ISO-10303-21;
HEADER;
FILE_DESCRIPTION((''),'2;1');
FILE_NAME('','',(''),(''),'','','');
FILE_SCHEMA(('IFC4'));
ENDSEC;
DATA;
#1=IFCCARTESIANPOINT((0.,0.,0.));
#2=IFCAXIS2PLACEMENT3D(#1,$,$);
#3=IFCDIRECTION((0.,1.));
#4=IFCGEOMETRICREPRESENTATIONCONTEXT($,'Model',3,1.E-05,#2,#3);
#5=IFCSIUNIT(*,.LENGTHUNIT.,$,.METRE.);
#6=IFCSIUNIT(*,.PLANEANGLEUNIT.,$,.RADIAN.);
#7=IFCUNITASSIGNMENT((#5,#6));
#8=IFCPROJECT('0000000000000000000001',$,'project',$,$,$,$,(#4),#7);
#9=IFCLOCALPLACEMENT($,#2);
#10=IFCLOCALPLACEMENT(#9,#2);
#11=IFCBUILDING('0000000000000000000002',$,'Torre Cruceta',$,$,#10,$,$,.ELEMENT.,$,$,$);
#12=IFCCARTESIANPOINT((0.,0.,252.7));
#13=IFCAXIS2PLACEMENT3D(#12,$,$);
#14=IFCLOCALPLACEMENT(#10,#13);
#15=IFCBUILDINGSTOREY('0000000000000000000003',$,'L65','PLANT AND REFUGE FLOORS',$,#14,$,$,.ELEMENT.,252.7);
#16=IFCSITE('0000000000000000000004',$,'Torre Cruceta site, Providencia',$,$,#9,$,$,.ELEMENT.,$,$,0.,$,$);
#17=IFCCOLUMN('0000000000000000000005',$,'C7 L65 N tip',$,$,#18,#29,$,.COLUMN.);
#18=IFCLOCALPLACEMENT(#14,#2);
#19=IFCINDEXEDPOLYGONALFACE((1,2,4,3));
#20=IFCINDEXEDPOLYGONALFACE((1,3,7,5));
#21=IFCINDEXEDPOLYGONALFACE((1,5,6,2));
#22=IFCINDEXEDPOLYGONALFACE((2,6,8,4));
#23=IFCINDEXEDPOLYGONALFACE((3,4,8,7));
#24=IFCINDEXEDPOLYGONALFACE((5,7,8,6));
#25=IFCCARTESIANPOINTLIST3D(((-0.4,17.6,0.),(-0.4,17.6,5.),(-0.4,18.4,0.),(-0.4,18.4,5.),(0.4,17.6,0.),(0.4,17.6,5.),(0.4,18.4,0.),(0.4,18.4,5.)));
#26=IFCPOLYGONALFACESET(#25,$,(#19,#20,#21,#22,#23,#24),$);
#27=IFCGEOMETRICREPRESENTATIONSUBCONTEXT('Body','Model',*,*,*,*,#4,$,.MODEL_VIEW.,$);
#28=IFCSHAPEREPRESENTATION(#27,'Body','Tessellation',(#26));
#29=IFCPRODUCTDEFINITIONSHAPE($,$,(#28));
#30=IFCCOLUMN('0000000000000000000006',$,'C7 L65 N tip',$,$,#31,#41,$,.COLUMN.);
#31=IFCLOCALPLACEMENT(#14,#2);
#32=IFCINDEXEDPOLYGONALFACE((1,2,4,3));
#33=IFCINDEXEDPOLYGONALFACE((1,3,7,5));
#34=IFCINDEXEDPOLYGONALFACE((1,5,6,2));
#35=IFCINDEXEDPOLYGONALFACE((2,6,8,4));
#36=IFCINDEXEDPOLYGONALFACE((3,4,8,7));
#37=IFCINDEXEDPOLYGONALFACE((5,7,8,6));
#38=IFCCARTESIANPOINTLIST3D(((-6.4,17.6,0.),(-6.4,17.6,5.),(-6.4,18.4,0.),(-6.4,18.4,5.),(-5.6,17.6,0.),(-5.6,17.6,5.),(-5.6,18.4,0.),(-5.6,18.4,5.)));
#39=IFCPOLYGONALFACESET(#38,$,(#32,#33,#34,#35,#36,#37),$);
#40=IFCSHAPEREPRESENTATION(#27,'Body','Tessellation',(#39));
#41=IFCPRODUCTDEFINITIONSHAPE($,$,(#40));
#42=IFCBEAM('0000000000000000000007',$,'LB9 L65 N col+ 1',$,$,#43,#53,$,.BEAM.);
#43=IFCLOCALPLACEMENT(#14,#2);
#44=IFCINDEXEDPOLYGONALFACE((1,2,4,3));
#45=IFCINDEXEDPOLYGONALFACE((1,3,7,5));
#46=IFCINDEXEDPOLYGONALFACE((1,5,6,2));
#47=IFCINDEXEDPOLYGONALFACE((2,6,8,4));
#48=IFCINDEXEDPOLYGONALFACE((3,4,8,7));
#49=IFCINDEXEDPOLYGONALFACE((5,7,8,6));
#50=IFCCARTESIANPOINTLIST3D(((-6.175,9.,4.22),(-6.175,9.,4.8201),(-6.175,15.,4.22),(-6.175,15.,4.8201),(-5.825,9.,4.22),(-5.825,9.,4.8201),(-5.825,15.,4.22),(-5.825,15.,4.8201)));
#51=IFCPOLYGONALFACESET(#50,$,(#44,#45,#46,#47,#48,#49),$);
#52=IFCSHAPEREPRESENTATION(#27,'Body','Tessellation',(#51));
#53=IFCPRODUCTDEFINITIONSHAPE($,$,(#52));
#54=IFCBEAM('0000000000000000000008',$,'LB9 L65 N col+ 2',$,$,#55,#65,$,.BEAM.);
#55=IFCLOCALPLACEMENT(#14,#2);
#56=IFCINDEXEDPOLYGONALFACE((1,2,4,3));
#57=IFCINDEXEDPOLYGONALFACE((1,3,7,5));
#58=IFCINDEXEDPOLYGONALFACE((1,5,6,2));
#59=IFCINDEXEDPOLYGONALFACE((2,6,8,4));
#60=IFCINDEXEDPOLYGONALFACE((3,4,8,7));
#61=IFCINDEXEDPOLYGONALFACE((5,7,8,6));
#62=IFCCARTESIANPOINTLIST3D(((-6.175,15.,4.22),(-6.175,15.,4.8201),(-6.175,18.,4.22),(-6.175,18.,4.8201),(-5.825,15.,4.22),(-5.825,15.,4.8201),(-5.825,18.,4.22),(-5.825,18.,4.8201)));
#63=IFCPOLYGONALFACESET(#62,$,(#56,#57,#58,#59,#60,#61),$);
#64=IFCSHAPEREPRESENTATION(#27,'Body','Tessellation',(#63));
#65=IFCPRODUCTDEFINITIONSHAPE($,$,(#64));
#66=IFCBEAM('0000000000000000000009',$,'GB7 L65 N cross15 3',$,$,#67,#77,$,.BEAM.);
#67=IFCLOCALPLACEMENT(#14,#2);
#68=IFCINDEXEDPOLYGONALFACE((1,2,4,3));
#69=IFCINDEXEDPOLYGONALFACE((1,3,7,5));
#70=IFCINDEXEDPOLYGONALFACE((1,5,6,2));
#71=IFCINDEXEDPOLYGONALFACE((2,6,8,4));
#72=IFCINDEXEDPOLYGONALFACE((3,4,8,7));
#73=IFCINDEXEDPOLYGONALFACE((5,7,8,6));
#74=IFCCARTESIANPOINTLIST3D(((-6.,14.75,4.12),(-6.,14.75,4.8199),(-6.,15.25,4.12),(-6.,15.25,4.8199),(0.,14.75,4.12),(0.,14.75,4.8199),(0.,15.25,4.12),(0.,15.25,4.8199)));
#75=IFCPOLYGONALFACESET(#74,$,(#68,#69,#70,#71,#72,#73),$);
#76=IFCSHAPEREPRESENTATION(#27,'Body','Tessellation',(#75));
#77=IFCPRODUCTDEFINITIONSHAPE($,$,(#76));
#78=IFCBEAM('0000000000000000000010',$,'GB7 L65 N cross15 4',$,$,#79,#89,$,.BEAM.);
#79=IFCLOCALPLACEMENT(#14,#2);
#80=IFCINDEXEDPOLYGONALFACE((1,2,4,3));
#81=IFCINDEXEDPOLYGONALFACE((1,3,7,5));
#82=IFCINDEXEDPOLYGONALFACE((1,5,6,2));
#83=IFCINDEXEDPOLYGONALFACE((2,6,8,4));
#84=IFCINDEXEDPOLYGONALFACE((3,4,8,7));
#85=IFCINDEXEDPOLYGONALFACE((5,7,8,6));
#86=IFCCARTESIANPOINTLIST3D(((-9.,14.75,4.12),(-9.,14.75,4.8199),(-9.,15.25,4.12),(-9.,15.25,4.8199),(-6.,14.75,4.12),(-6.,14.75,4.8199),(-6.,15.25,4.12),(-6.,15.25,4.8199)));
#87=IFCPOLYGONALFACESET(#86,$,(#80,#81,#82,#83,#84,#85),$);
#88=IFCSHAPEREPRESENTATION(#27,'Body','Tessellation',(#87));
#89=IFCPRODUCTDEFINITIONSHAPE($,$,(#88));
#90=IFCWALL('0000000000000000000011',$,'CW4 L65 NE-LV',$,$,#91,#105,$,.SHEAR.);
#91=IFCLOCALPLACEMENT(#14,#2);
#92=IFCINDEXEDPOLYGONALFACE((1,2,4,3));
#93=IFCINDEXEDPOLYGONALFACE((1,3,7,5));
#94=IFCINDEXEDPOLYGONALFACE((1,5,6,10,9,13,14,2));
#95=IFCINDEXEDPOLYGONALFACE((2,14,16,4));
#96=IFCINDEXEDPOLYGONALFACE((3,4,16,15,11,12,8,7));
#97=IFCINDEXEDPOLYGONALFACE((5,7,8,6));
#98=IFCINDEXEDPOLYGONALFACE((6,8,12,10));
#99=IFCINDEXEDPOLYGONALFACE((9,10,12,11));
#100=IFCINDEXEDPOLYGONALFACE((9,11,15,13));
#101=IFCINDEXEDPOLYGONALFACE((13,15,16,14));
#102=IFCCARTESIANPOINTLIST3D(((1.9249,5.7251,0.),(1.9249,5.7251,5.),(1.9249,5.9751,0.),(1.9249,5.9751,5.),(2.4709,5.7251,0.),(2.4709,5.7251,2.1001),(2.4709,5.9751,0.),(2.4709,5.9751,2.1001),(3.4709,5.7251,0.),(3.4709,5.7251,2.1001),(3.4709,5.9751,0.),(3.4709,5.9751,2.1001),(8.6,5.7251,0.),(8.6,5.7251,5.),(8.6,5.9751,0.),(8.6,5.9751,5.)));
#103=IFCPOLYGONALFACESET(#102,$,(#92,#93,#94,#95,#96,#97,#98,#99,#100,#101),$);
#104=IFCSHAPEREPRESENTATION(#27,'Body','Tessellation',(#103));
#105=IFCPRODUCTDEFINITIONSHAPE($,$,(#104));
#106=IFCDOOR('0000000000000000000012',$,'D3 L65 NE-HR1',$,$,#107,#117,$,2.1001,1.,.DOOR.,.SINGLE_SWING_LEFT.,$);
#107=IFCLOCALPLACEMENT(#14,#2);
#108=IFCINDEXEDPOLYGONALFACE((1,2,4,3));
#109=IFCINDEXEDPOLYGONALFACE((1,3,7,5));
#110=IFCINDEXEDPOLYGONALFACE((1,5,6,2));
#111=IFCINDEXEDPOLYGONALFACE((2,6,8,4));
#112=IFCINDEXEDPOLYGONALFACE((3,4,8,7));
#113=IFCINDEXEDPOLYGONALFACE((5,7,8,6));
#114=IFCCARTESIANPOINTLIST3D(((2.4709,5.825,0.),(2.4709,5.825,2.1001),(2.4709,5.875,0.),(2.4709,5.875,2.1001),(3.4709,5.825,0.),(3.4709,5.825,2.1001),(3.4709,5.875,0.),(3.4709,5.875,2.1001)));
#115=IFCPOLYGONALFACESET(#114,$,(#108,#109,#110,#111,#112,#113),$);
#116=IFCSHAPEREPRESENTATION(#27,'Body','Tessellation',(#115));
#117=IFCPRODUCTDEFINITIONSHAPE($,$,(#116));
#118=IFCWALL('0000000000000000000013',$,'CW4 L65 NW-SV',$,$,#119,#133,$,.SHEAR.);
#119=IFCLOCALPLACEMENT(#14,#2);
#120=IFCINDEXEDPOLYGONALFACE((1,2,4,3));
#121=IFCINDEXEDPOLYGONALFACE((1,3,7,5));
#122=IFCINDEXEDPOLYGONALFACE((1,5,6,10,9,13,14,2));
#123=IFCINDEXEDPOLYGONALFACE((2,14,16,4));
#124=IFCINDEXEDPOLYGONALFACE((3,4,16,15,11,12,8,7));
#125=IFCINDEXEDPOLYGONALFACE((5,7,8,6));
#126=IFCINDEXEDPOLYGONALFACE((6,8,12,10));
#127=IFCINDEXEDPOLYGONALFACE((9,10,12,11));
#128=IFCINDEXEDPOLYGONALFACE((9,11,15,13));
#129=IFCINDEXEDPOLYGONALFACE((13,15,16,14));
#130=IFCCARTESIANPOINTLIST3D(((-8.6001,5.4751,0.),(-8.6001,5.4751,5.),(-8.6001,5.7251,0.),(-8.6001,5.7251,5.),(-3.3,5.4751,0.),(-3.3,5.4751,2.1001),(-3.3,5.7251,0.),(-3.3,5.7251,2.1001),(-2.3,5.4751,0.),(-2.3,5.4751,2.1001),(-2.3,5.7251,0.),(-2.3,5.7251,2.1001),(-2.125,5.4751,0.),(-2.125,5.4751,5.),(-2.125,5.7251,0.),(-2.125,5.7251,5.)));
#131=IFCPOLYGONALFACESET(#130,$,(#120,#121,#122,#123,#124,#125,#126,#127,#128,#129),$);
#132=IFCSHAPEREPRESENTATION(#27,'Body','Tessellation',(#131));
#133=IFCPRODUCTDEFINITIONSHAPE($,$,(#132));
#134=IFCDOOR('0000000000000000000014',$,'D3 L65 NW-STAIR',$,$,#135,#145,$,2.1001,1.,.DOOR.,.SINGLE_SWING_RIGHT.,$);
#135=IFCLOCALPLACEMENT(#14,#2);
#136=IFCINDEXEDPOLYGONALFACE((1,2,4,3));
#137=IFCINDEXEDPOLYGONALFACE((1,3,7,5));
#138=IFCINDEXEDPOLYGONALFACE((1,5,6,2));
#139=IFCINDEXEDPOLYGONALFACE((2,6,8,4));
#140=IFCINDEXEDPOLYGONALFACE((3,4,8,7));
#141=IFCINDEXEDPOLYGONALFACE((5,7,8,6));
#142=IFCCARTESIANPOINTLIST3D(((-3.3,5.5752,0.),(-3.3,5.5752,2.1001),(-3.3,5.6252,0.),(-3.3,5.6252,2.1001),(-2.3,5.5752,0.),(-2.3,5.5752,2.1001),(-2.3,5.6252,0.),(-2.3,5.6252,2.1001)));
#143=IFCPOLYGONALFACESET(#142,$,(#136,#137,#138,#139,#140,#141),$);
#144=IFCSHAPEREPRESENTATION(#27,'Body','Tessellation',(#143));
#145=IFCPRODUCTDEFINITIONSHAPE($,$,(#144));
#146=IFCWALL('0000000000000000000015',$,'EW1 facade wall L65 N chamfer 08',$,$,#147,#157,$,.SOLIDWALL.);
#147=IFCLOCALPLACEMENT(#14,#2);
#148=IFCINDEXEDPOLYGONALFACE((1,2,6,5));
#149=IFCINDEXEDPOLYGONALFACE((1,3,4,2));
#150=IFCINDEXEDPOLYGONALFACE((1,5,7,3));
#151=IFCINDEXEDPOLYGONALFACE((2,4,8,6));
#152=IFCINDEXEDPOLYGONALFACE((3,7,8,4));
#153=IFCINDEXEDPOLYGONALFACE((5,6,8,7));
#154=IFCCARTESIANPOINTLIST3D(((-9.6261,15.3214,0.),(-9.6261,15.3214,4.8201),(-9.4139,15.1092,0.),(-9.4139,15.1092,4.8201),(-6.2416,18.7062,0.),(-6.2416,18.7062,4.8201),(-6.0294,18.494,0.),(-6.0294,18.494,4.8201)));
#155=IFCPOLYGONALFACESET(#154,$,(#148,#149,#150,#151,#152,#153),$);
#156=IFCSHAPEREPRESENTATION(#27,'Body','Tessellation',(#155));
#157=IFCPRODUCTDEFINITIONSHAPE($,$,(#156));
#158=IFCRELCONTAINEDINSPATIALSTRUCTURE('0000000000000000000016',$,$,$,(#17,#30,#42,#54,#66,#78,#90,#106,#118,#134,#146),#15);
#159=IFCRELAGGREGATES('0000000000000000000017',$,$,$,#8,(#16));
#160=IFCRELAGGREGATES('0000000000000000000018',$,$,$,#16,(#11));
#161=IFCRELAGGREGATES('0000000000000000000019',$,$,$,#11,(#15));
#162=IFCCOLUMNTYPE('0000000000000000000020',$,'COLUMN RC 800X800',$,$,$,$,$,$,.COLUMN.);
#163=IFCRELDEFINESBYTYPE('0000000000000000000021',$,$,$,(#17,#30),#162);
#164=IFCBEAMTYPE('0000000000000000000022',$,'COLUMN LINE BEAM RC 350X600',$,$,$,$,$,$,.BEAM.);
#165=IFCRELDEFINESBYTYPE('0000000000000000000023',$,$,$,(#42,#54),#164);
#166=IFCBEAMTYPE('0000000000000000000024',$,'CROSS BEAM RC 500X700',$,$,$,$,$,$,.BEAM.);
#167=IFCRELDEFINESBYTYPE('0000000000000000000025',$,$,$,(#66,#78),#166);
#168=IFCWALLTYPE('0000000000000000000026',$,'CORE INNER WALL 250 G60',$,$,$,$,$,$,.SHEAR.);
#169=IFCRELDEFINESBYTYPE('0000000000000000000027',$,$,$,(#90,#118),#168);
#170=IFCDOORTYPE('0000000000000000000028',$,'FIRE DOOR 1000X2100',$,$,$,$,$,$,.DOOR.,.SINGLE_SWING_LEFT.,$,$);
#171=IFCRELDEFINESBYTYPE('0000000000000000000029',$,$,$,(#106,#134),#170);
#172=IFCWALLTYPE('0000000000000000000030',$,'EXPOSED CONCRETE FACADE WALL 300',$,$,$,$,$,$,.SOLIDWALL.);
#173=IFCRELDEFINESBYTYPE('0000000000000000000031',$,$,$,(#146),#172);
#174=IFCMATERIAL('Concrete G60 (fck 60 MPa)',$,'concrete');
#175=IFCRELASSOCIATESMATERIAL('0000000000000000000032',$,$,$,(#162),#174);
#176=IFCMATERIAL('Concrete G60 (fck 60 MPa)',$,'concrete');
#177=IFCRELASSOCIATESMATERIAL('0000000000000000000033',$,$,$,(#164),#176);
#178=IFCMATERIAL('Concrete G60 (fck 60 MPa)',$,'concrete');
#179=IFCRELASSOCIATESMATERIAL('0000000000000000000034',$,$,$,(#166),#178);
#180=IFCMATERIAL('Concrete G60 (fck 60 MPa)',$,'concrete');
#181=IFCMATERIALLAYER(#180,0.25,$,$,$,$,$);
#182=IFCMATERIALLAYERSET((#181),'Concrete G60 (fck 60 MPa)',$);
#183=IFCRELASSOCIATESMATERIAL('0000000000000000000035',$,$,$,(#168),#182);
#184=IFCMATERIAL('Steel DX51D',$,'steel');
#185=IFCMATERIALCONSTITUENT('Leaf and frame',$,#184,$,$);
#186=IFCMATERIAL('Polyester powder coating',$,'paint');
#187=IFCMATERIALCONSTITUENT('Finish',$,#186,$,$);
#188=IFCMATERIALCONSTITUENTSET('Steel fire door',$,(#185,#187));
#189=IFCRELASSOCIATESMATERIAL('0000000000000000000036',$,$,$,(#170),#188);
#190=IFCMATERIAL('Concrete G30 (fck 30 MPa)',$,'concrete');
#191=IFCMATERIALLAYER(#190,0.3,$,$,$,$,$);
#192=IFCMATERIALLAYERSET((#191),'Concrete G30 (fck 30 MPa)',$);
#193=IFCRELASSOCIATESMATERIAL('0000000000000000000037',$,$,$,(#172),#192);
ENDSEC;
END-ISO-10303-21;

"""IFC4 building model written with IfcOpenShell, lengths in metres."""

from ifc_helpers import new_model, si_unit, direction, frame, frame_2d, origin, origin_2d, place, context, subcontext, project, spatial, rectangle, extrude, material, layer, layer_set, constituent, constituent_set, material_profile, profile_set, type_object, element, fill, save


model = new_model("IFC4")

# Units and contexts
model_context = context("Model", 3, precision=1e-05, world=origin(), true_north=direction((0.0, 1.0)))
body_context = subcontext(model_context, "Body", "Model", "MODEL_VIEW")
ifc_project = project(units=[si_unit("LENGTHUNIT", "METRE"), si_unit("PLANEANGLEUNIT", "RADIAN")], contexts=[model_context])

# Site, building, storey
site_placement = place(None, origin())
site = spatial("IfcSite", under=ifc_project, at=site_placement, Name="Torre Cruceta site, Providencia", CompositionType="ELEMENT", RefElevation=0.0)
building_placement = place(site_placement, origin())
building = spatial("IfcBuilding", under=site, at=building_placement, Name="Torre Cruceta", CompositionType="ELEMENT")
storey_placement = place(building_placement, frame((0.0, 0.0, 252.7)))
storey = spatial("IfcBuildingStorey", under=building, at=storey_placement, Name="L65", Description="PLANT AND REFUGE FLOORS", CompositionType="ELEMENT", Elevation=252.7)

# Columns
ifc_material_1 = material(Name="Concrete G60 (fck 60 MPa)", Category="concrete")
ifc_material_profile_1 = material_profile(ifc_material_1, rectangle(XDim=0.8, YDim=0.8, at=origin_2d()), Name="RC 800X800")
ifc_profile_set_1 = profile_set([ifc_material_profile_1], Name="Concrete G60 (fck 60 MPa)")
column_type = type_object("IfcColumnType", Name="COLUMN RC 800X800", PredefinedType="COLUMN", material=ifc_profile_set_1)
for number, where, z_axis, x_axis, name in (
    (1, (0.0, 18.0, 0.0), (0.0, 0.0, 1.0), (1.0, 0.0, 0.0), "C7 L65 N tip"),
    (2, (-6.0, 18.0, 0.0), (0.0, 0.0, 1.0), (1.0, 0.0, 0.0), "C7 L65 N tip"),
):
    element("IfcColumn", number, at=place(storey_placement, frame(where, z_axis=z_axis, x_axis=x_axis)), inside=storey, type_object=column_type, Name=name, PredefinedType="COLUMN", context=body_context, shape_type="SweptSolid", body=[
        extrude(rectangle(XDim=0.8, YDim=0.8, at=origin_2d()), origin(), (0.0, 0.0, 1.0), 5.0),
    ])

# Beams
ifc_material_2 = material(Name="Concrete G60 (fck 60 MPa)", Category="concrete")
ifc_material_profile_2 = material_profile(ifc_material_2, rectangle(XDim=0.3501, YDim=0.6001, at=origin_2d()), Name="RC 350X600")
ifc_profile_set_2 = profile_set([ifc_material_profile_2], Name="Concrete G60 (fck 60 MPa)")
beam_type_1 = type_object("IfcBeamType", Name="COLUMN LINE BEAM RC 350X600", PredefinedType="BEAM", material=ifc_profile_set_2)
beam_1_placement = place(storey_placement, frame((-6.0, 9.0, 4.52), z_axis=(0.0, 1.0, 0.0), x_axis=(-1.0, 0.0, 0.0)))
element("IfcBeam", 3, at=beam_1_placement, inside=storey, type_object=beam_type_1, Name="LB9 L65 N col+ 1", PredefinedType="BEAM", context=body_context, shape_type="SweptSolid", body=[
    extrude(rectangle(XDim=0.3501, YDim=0.6001, at=origin_2d()), origin(), (0.0, 0.0, 1.0), 6.0),
])
beam_2_placement = place(storey_placement, frame((-6.0, 15.0, 4.52), z_axis=(0.0, 1.0, 0.0), x_axis=(-1.0, 0.0, 0.0)))
element("IfcBeam", 4, at=beam_2_placement, inside=storey, type_object=beam_type_1, Name="LB9 L65 N col+ 2", PredefinedType="BEAM", context=body_context, shape_type="SweptSolid", body=[
    extrude(rectangle(XDim=0.3501, YDim=0.6001, at=origin_2d()), origin(), (0.0, 0.0, 1.0), 3.0),
])
ifc_material_3 = material(Name="Concrete G60 (fck 60 MPa)", Category="concrete")
ifc_material_profile_3 = material_profile(ifc_material_3, rectangle(XDim=0.5, YDim=0.7, at=origin_2d()), Name="RC 500X700")
ifc_profile_set_3 = profile_set([ifc_material_profile_3], Name="Concrete G60 (fck 60 MPa)")
beam_type_2 = type_object("IfcBeamType", Name="CROSS BEAM RC 500X700", PredefinedType="BEAM", material=ifc_profile_set_3)
beam_3_placement = place(storey_placement, frame((0.0, 15.0, 4.47), z_axis=(-1.0, 0.0, 0.0), x_axis=(0.0, -1.0, 0.0)))
element("IfcBeam", 5, at=beam_3_placement, inside=storey, type_object=beam_type_2, Name="GB7 L65 N cross15 3", PredefinedType="BEAM", context=body_context, shape_type="SweptSolid", body=[
    extrude(rectangle(XDim=0.5, YDim=0.7, at=origin_2d()), origin(), (0.0, 0.0, 1.0), 6.0),
])
beam_4_placement = place(storey_placement, frame((-6.0, 15.0, 4.47), z_axis=(-1.0, 0.0, 0.0), x_axis=(0.0, -1.0, 0.0)))
element("IfcBeam", 6, at=beam_4_placement, inside=storey, type_object=beam_type_2, Name="GB7 L65 N cross15 4", PredefinedType="BEAM", context=body_context, shape_type="SweptSolid", body=[
    extrude(rectangle(XDim=0.5, YDim=0.7, at=origin_2d()), origin(), (0.0, 0.0, 1.0), 3.0),
])

# Walls, openings, doors
ifc_material_4 = material(Name="Concrete G60 (fck 60 MPa)", Category="concrete")
ifc_layer_1 = layer(ifc_material_4, 0.25)
ifc_layer_set_1 = layer_set([ifc_layer_1], Name="Concrete G60 (fck 60 MPa)")
wall_type_1 = type_object("IfcWallType", Name="CORE INNER WALL 250 G60", PredefinedType="SHEAR", material=ifc_layer_set_1)
wall_1_placement = place(storey_placement, frame((1.925, 5.8501, 0.0), z_axis=(0.0, 0.0, 1.0), x_axis=(1.0, 0.0, 0.0)))
wall_1 = element("IfcWall", 7, at=wall_1_placement, inside=storey, type_object=wall_type_1, Name="CW4 L65 NE-LV", PredefinedType="SHEAR", context=body_context, shape_type="SweptSolid", body=[
    extrude(rectangle(XDim=6.675, YDim=0.25, at=frame_2d((3.3374, 0.0))), origin(), (0.0, 0.0, 1.0), 5.0),
])
opening_1_placement = place(wall_1_placement, frame((0.5459, 0.0, 0.0)))
opening_1 = element("IfcOpeningElement", 8, at=opening_1_placement, cuts=wall_1, PredefinedType="OPENING", context=body_context, shape_type="SweptSolid", body=[
    extrude(rectangle(XDim=1.0, YDim=2.1001, at=frame_2d((0.5, 1.05))), frame((0.0, 0.135, 0.0), z_axis=(0.0, -1.0, 0.0), x_axis=(1.0, 0.0, 0.0)), (0.0, 0.0, 1.0), 0.27),
])
ifc_material_5 = material(Name="Steel DX51D", Category="steel")
ifc_constituent_1 = constituent(ifc_material_5, Name="Leaf and frame")
ifc_material_6 = material(Name="Polyester powder coating", Category="paint")
ifc_constituent_2 = constituent(ifc_material_6, Name="Finish")
ifc_constituent_set_1 = constituent_set(constituents=[ifc_constituent_1, ifc_constituent_2], Name="Steel fire door")
door_type_1 = type_object("IfcDoorType", Name="FIRE DOOR 1000X2100", OperationType="SINGLE_SWING_LEFT", PredefinedType="DOOR", material=ifc_constituent_set_1)
door_1_placement = place(opening_1_placement, origin())
door_1 = element("IfcDoor", 9, at=door_1_placement, inside=storey, type_object=door_type_1, Name="D3 L65 NE-HR1", OperationType="SINGLE_SWING_LEFT", OverallHeight=2.1001, OverallWidth=1.0, PredefinedType="DOOR", context=body_context, shape_type="SweptSolid", body=[
    extrude(rectangle(XDim=1.0, YDim=2.1001, at=frame_2d((0.5, 1.05))), frame((0.0, 0.0249, 0.0), z_axis=(0.0, -1.0, 0.0), x_axis=(1.0, 0.0, 0.0)), (0.0, 0.0, 1.0), 0.05),
])
fill(opening_1, door_1)
wall_2_placement = place(storey_placement, frame((-2.125, 5.6001, 0.0), z_axis=(0.0, 0.0, 1.0), x_axis=(-1.0, 0.0, 0.0)))
wall_2 = element("IfcWall", 10, at=wall_2_placement, inside=storey, type_object=wall_type_1, Name="CW4 L65 NW-SV", PredefinedType="SHEAR", context=body_context, shape_type="SweptSolid", body=[
    extrude(rectangle(XDim=6.4751, YDim=0.25, at=frame_2d((3.2375, 0.0))), origin(), (0.0, 0.0, 1.0), 5.0),
])
opening_2_placement = place(wall_2_placement, frame((0.175, 0.0, 0.0)))
opening_2 = element("IfcOpeningElement", 11, at=opening_2_placement, cuts=wall_2, PredefinedType="OPENING", context=body_context, shape_type="SweptSolid", body=[
    extrude(rectangle(XDim=1.0, YDim=2.1001, at=frame_2d((0.5, 1.05))), frame((0.0, 0.135, 0.0), z_axis=(0.0, -1.0, 0.0), x_axis=(1.0, 0.0, 0.0)), (0.0, 0.0, 1.0), 0.27),
])
door_2_placement = place(opening_2_placement, frame((1.0, 0.0, 0.0), z_axis=(0.0, 0.0, 1.0), x_axis=(-1.0, 0.0, 0.0)))
door_2 = element("IfcDoor", 12, at=door_2_placement, inside=storey, type_object=door_type_1, Name="D3 L65 NW-STAIR", OperationType="SINGLE_SWING_RIGHT", OverallHeight=2.1001, OverallWidth=1.0, PredefinedType="DOOR", context=body_context, shape_type="SweptSolid", body=[
    extrude(rectangle(XDim=1.0, YDim=2.1001, at=frame_2d((0.5, 1.05))), frame((0.0, 0.0251, 0.0), z_axis=(0.0, -1.0, 0.0), x_axis=(1.0, 0.0, 0.0)), (0.0, 0.0, 1.0), 0.05),
])
fill(opening_2, door_2)

# Wall
ifc_material_7 = material(Name="Concrete G30 (fck 30 MPa)", Category="concrete")
ifc_layer_2 = layer(ifc_material_7, 0.3)
ifc_layer_set_2 = layer_set([ifc_layer_2], Name="Concrete G30 (fck 30 MPa)")
wall_type_2 = type_object("IfcWallType", Name="EXPOSED CONCRETE FACADE WALL 300", PredefinedType="SOLIDWALL", material=ifc_layer_set_2)
wall_3_placement = place(storey_placement, frame((-6.1355, 18.6001, 0.0), z_axis=(0.0, 0.0, 1.0), x_axis=(-0.707081, -0.707132, 0.0)))
element("IfcWall", 13, at=wall_3_placement, inside=storey, type_object=wall_type_2, Name="EW1 facade wall L65 N chamfer 08", PredefinedType="SOLIDWALL", context=body_context, shape_type="SweptSolid", body=[
    extrude(rectangle(XDim=4.7866, YDim=0.3, at=frame_2d((2.3933, 0.0))), origin(), (0.0, 0.0, 1.0), 4.8201),
])

save(model, "model.ifc")
